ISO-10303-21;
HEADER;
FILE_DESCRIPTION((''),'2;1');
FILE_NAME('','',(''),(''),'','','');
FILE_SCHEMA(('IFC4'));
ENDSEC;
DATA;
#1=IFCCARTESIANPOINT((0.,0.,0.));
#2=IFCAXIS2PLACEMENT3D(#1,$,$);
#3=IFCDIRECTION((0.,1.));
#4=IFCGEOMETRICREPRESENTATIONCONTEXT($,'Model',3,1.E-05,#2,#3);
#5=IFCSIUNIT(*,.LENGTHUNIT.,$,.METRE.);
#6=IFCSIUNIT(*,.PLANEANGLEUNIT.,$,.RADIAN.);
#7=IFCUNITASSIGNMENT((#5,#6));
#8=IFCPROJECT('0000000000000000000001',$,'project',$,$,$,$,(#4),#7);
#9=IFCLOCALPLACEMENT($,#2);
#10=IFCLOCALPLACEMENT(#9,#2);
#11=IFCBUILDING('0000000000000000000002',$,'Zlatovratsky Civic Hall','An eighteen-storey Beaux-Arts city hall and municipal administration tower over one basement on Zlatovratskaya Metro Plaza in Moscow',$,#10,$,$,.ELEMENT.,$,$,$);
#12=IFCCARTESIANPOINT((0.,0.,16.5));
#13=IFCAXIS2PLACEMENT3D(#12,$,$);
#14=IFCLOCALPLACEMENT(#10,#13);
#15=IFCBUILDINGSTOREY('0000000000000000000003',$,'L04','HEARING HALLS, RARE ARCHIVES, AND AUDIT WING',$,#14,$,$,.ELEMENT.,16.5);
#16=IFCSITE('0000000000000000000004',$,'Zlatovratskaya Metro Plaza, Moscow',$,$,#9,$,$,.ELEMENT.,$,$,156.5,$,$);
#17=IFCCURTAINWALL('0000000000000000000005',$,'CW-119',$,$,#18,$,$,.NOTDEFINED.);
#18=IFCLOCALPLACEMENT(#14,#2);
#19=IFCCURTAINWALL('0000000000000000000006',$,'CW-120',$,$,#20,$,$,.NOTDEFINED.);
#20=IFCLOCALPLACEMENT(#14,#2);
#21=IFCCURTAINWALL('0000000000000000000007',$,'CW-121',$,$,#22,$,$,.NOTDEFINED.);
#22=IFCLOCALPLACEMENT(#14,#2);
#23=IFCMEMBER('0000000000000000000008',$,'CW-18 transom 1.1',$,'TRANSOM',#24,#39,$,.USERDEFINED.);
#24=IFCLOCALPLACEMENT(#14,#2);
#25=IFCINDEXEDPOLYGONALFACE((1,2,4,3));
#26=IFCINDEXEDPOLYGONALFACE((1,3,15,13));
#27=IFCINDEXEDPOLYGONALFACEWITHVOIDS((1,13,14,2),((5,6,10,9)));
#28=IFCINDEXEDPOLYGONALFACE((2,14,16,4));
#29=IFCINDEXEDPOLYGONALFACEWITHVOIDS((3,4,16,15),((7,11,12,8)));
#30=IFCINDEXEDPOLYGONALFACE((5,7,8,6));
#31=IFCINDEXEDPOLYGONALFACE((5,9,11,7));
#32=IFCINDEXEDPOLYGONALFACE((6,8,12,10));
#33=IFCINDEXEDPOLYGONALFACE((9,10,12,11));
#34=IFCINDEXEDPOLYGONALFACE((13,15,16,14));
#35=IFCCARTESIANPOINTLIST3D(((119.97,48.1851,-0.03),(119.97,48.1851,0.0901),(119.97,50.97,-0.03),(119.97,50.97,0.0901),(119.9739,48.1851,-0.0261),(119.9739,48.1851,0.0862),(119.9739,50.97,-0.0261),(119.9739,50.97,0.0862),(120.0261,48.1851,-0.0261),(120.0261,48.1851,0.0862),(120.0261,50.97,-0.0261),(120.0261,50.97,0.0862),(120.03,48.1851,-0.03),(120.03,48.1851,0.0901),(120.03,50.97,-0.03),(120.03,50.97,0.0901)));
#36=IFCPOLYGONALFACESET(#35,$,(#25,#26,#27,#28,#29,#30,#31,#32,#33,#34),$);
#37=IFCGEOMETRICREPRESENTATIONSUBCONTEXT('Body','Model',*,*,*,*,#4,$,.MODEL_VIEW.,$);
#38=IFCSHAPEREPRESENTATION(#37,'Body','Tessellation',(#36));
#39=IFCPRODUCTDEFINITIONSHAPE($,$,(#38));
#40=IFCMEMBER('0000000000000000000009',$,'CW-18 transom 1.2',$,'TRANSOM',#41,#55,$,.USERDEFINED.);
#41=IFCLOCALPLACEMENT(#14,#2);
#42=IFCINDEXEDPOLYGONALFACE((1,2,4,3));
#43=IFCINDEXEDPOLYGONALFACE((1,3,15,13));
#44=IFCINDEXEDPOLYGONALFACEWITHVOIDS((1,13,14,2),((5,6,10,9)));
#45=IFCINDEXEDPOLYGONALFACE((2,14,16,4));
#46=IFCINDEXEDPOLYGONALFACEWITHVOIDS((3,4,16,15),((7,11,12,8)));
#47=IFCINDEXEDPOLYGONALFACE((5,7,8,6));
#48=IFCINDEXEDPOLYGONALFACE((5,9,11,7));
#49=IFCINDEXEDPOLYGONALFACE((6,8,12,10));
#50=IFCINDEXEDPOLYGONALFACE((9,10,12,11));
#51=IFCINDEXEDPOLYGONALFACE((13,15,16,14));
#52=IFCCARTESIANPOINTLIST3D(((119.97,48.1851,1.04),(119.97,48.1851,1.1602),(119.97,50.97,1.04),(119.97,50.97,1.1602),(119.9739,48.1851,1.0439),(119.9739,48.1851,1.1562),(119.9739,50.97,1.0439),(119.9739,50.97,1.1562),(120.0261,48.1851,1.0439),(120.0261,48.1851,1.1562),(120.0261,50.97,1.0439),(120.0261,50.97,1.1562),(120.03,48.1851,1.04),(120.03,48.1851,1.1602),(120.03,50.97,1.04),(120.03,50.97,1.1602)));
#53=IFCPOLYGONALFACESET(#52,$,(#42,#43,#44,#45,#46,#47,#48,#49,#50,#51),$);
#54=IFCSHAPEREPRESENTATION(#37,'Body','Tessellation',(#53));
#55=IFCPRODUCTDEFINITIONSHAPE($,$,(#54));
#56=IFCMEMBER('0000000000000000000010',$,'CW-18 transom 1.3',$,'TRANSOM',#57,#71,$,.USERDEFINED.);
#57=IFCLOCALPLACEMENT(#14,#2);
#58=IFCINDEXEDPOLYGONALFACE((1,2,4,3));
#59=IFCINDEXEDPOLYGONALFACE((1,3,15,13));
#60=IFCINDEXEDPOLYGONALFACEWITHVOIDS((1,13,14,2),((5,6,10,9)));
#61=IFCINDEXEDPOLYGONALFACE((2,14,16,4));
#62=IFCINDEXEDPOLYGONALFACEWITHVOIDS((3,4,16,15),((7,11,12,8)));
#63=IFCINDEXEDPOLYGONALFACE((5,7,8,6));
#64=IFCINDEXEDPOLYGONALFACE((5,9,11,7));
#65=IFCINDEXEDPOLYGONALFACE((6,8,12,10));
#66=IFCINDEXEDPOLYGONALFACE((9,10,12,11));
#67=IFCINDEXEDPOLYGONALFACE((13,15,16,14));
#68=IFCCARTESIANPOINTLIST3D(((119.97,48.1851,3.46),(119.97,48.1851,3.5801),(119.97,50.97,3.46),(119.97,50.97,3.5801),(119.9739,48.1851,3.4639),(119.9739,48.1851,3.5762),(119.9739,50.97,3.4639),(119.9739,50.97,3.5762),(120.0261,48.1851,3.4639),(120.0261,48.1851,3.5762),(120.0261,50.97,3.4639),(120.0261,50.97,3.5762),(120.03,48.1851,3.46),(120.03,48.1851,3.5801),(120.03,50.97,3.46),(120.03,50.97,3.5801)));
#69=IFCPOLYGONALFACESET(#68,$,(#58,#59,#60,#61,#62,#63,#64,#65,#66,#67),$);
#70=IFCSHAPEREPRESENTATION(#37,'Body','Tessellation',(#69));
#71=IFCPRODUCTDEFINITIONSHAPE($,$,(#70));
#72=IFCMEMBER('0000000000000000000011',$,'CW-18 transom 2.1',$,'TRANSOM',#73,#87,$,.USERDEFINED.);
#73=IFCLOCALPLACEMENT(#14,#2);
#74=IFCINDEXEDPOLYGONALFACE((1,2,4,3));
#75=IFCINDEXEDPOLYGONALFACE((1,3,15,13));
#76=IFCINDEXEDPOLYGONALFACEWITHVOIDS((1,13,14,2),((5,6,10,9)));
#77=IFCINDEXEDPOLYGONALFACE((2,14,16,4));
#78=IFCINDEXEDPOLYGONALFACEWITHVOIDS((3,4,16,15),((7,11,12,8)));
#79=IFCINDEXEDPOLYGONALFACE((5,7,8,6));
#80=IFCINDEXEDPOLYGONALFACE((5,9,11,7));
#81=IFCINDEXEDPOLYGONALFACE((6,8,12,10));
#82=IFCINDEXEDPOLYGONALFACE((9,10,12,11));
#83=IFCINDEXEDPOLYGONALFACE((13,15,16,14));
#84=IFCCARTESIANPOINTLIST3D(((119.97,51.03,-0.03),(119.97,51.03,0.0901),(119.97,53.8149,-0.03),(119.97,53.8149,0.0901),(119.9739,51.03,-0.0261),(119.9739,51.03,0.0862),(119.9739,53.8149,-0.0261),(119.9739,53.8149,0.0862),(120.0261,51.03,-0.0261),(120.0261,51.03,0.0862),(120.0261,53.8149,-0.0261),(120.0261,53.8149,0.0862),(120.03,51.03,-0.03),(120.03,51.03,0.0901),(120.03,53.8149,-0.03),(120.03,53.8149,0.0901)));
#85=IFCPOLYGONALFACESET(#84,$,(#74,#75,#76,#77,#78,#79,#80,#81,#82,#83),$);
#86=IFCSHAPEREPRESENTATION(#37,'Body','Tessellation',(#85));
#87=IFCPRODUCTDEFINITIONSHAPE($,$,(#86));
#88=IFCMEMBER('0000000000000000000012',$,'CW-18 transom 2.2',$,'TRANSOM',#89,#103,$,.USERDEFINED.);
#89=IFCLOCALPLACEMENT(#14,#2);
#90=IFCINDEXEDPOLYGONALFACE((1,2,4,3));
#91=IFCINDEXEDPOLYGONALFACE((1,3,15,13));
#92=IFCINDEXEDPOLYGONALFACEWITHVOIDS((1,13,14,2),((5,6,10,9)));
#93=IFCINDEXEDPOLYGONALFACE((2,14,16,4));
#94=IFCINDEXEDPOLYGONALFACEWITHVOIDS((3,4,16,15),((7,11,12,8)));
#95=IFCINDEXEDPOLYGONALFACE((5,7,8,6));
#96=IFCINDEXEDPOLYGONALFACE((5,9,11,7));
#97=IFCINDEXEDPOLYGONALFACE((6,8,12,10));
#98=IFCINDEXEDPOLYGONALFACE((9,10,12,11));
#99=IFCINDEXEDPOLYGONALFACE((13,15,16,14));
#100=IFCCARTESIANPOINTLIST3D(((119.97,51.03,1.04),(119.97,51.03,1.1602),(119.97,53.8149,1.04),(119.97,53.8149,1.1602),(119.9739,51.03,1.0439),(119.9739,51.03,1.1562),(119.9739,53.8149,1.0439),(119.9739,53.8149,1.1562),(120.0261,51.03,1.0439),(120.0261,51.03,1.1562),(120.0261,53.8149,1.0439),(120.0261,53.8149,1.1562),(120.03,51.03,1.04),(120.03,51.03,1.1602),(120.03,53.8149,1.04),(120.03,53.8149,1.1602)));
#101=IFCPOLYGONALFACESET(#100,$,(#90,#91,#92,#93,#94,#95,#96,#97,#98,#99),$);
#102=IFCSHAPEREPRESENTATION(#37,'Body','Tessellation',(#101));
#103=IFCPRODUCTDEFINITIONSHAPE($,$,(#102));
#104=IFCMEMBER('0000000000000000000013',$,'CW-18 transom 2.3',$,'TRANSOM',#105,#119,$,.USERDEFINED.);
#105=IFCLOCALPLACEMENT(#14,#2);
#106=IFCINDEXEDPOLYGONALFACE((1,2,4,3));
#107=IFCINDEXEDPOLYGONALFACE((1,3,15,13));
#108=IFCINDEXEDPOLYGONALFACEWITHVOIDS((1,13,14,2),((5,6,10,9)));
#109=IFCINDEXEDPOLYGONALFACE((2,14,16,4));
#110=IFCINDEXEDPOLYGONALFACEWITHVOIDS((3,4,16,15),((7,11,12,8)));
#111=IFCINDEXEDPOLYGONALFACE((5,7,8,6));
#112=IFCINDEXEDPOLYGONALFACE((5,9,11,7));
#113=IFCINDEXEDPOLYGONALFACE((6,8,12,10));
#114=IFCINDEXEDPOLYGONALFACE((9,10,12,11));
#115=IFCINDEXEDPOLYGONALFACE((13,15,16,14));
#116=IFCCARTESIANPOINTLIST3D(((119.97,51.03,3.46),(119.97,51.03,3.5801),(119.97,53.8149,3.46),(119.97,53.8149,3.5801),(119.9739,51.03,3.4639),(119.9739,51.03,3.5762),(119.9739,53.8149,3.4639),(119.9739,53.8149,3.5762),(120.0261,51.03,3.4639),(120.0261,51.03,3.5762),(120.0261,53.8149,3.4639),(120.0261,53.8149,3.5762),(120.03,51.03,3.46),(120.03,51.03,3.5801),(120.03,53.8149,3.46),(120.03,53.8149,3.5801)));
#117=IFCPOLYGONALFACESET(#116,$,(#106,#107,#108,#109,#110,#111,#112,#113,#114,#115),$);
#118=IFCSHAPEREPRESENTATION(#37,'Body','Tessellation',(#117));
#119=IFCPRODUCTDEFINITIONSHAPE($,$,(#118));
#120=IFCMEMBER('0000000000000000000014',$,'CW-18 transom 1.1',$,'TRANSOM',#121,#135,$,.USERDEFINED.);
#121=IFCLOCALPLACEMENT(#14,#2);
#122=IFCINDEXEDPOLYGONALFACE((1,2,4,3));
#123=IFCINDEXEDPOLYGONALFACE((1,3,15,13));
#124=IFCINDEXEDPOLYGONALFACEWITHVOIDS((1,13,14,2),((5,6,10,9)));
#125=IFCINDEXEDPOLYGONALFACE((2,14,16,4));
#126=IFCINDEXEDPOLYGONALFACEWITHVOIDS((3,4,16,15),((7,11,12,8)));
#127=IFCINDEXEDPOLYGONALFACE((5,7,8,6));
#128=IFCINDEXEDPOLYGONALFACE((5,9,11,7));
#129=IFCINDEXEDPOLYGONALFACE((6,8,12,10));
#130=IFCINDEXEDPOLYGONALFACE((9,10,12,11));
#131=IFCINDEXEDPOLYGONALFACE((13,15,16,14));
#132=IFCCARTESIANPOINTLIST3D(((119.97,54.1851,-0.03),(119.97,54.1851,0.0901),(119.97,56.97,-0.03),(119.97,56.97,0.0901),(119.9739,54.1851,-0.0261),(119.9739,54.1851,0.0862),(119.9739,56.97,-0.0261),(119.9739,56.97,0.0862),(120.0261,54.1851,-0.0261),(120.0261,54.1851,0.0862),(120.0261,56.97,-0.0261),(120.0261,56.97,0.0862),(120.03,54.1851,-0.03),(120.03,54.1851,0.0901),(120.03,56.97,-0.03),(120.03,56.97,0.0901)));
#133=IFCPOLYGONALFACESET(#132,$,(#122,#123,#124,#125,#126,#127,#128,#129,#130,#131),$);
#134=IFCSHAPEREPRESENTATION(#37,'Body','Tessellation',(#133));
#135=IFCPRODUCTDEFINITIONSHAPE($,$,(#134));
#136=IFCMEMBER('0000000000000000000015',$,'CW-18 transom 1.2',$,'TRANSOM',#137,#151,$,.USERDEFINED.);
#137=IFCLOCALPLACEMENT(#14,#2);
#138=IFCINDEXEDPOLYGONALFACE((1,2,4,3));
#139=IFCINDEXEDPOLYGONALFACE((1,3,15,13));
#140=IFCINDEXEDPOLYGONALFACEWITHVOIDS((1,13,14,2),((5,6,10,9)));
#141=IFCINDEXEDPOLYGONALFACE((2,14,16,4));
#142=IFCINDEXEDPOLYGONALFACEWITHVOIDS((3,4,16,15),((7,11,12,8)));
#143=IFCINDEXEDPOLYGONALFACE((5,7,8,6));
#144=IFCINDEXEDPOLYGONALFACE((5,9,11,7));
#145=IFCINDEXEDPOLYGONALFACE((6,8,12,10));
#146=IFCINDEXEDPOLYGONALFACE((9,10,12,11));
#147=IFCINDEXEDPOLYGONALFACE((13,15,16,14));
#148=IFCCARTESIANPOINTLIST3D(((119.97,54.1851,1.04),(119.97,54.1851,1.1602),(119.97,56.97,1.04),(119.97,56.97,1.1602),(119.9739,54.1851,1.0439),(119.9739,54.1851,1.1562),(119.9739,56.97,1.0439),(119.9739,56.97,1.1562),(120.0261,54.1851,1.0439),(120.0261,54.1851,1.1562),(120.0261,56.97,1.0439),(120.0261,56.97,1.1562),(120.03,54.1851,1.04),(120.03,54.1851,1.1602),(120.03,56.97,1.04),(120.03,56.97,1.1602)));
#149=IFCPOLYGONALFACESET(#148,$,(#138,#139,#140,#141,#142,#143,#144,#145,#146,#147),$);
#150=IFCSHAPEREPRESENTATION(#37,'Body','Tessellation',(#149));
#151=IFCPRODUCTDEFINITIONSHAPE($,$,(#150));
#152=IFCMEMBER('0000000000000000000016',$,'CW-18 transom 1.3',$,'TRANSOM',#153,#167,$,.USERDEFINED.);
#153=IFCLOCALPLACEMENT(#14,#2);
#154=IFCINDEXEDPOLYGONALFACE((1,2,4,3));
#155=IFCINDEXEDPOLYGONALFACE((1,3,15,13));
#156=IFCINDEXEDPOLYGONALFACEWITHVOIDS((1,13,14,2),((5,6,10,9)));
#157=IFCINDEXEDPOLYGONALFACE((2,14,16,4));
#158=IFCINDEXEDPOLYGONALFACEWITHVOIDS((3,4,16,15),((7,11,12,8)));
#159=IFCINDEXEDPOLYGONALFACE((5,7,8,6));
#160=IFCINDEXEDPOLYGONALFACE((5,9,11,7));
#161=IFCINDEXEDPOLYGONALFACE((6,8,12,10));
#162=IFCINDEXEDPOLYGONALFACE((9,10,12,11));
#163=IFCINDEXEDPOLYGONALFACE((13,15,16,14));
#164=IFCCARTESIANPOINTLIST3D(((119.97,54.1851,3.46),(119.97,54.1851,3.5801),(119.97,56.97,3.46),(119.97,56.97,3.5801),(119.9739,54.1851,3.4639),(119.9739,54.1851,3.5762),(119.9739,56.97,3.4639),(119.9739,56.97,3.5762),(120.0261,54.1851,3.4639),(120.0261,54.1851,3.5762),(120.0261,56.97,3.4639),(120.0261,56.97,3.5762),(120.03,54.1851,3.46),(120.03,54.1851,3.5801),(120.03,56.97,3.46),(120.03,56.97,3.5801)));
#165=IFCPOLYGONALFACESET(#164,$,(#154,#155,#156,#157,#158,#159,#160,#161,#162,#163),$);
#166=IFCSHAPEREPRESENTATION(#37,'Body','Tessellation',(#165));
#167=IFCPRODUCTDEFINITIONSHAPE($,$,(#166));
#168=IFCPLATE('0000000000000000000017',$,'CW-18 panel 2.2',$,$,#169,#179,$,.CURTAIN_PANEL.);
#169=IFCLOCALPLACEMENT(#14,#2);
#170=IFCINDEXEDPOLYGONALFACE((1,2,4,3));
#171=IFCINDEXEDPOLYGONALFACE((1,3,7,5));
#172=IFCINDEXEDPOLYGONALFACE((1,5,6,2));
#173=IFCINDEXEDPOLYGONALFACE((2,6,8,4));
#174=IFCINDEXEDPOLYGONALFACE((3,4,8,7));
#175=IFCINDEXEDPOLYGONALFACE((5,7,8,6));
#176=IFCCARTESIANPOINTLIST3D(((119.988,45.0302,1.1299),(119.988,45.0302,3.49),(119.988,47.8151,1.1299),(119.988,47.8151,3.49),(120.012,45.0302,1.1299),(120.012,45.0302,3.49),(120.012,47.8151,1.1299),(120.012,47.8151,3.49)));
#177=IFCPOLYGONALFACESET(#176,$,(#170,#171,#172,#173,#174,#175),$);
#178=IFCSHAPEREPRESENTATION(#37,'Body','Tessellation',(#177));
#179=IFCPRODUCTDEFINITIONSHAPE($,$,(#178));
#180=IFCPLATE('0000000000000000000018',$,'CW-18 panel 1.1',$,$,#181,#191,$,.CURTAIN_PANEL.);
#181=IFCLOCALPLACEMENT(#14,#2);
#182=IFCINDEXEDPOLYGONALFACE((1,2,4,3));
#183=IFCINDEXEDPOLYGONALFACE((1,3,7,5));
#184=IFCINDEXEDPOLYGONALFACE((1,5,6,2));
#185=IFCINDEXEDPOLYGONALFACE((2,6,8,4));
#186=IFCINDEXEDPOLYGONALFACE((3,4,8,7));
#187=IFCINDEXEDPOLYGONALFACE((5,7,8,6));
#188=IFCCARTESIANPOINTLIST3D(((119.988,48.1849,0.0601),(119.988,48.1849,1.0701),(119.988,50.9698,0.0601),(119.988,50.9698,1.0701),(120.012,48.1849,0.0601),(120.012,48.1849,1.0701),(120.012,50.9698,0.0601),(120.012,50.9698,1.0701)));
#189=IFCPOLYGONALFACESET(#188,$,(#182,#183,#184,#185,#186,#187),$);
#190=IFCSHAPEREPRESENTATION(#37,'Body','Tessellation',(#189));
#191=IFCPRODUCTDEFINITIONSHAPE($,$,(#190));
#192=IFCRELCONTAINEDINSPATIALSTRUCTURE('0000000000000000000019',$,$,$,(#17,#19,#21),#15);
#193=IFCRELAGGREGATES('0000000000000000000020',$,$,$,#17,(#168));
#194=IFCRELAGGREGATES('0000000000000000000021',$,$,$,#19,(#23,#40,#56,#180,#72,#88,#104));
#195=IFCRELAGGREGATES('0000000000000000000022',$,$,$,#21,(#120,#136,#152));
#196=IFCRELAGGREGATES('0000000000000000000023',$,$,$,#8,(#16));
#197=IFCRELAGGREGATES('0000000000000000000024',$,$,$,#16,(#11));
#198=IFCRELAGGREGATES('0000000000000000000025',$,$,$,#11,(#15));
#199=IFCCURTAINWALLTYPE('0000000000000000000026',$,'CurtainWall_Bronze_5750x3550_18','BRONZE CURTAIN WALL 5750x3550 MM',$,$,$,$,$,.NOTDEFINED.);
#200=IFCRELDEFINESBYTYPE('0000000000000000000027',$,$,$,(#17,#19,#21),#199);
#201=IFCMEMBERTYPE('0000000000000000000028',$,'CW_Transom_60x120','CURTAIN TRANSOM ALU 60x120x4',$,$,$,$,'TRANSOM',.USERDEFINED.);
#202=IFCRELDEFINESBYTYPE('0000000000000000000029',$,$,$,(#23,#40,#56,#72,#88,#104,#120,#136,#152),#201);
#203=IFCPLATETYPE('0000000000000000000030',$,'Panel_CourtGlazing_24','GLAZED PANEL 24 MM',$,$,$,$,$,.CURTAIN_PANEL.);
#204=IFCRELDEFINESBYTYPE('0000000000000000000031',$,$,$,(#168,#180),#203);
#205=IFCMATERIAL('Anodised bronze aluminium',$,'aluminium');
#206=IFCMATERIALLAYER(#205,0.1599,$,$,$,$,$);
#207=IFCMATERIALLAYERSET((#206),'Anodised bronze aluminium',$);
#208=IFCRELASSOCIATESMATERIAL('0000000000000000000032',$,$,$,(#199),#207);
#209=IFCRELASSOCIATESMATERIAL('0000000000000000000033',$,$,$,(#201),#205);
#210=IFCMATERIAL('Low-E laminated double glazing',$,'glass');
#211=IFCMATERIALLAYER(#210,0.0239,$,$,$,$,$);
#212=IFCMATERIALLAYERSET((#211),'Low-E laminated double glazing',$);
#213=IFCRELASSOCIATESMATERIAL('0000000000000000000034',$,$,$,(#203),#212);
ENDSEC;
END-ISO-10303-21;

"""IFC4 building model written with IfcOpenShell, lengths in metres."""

from ifc_helpers import new_model, si_unit, direction, frame, origin, origin_2d, place, context, subcontext, project, spatial, rectangle, hollow_rectangle, extrude, material, layer, layer_set, material_profile, profile_set, type_object, element, aggregate, save


model = new_model("IFC4")

# Units and contexts
model_context = context("Model", 3, precision=1e-05, world=origin(), true_north=direction((0.0, 1.0)))
body_context = subcontext(model_context, "Body", "Model", "MODEL_VIEW")
ifc_project = project(units=[si_unit("LENGTHUNIT", "METRE"), si_unit("PLANEANGLEUNIT", "RADIAN")], contexts=[model_context])

# Site, building, storey
site_placement = place(None, origin())
site = spatial("IfcSite", under=ifc_project, at=site_placement, Name="Zlatovratskaya Metro Plaza, Moscow", CompositionType="ELEMENT", RefElevation=156.5)
building_placement = place(site_placement, origin())
building = spatial("IfcBuilding", under=site, at=building_placement, Name="Zlatovratsky Civic Hall", Description="An eighteen-storey Beaux-Arts city hall and municipal administration tower over one basement on Zlatovratskaya Metro Plaza in Moscow", CompositionType="ELEMENT")
storey_placement = place(building_placement, frame((0.0, 0.0, 16.5)))
storey = spatial("IfcBuildingStorey", under=building, at=storey_placement, Name="L04", Description="HEARING HALLS, RARE ARCHIVES, AND AUDIT WING", CompositionType="ELEMENT", Elevation=16.5)

# Curtain wall
ifc_material_1 = material(Name="Anodised bronze aluminium", Category="aluminium")
ifc_layer_1 = layer(ifc_material_1, 0.1599)
ifc_layer_set_1 = layer_set([ifc_layer_1], Name="Anodised bronze aluminium")
curtain_wall_type = type_object("IfcCurtainWallType", Name="CurtainWall_Bronze_5750x3550_18", Description="BRONZE CURTAIN WALL 5750x3550 MM", PredefinedType="NOTDEFINED", material=ifc_layer_set_1)
curtain_wall_1_placement = place(storey_placement, origin())
curtain_wall_1 = element("IfcCurtainWall", 1, at=curtain_wall_1_placement, inside=storey, type_object=curtain_wall_type, Name="CW-119", PredefinedType="NOTDEFINED")

# Curtain walls
curtain_wall_2_placement = place(storey_placement, origin())
curtain_wall_2 = element("IfcCurtainWall", 2, at=curtain_wall_2_placement, inside=storey, type_object=curtain_wall_type, Name="CW-120", PredefinedType="NOTDEFINED")
curtain_wall_3_placement = place(storey_placement, origin())
curtain_wall_3 = element("IfcCurtainWall", 3, at=curtain_wall_3_placement, inside=storey, type_object=curtain_wall_type, Name="CW-121", PredefinedType="NOTDEFINED")

# Members
ifc_material_profile_1 = material_profile(ifc_material_1, hollow_rectangle(XDim=0.0601, YDim=0.1201, WallThickness=0.0039, at=origin_2d()), Name="ALU 60x120x4")
ifc_profile_set_1 = profile_set([ifc_material_profile_1], Name="Anodised bronze aluminium")
member_type_1 = type_object("IfcMemberType", Name="CW_Transom_60x120", Description="CURTAIN TRANSOM ALU 60x120x4", ElementType="TRANSOM", PredefinedType="USERDEFINED", material=ifc_profile_set_1)
member_1_placement = place(storey_placement, frame((120.0, 48.1851, 0.03), z_axis=(0.0, 1.0, 0.0), x_axis=(-1.0, 0.0, 0.0)))
member_1 = element("IfcMember", 4, at=member_1_placement, type_object=member_type_1, Name="CW-18 transom 1.1", ObjectType="TRANSOM", PredefinedType="USERDEFINED", context=body_context, shape_type="SweptSolid", body=[
    extrude(hollow_rectangle(XDim=0.0601, YDim=0.1201, WallThickness=0.0039, at=origin_2d()), origin(), (0.0, 0.0, 1.0), 2.7849),
])
member_2_placement = place(storey_placement, frame((120.0, 48.1851, 1.1001), z_axis=(0.0, 1.0, 0.0), x_axis=(-1.0, 0.0, 0.0)))
member_2 = element("IfcMember", 5, at=member_2_placement, type_object=member_type_1, Name="CW-18 transom 1.2", ObjectType="TRANSOM", PredefinedType="USERDEFINED", context=body_context, shape_type="SweptSolid", body=[
    extrude(hollow_rectangle(XDim=0.0601, YDim=0.1201, WallThickness=0.0039, at=origin_2d()), origin(), (0.0, 0.0, 1.0), 2.7849),
])
member_3_placement = place(storey_placement, frame((120.0, 48.1851, 3.52), z_axis=(0.0, 1.0, 0.0), x_axis=(-1.0, 0.0, 0.0)))
member_3 = element("IfcMember", 6, at=member_3_placement, type_object=member_type_1, Name="CW-18 transom 1.3", ObjectType="TRANSOM", PredefinedType="USERDEFINED", context=body_context, shape_type="SweptSolid", body=[
    extrude(hollow_rectangle(XDim=0.0601, YDim=0.1201, WallThickness=0.0039, at=origin_2d()), origin(), (0.0, 0.0, 1.0), 2.7849),
])
member_4_placement = place(storey_placement, frame((120.0, 51.03, 0.03), z_axis=(0.0, 1.0, 0.0), x_axis=(-1.0, 0.0, 0.0)))
member_4 = element("IfcMember", 7, at=member_4_placement, type_object=member_type_1, Name="CW-18 transom 2.1", ObjectType="TRANSOM", PredefinedType="USERDEFINED", context=body_context, shape_type="SweptSolid", body=[
    extrude(hollow_rectangle(XDim=0.0601, YDim=0.1201, WallThickness=0.0039, at=origin_2d()), origin(), (0.0, 0.0, 1.0), 2.7849),
])
member_5_placement = place(storey_placement, frame((120.0, 51.03, 1.1001), z_axis=(0.0, 1.0, 0.0), x_axis=(-1.0, 0.0, 0.0)))
member_5 = element("IfcMember", 8, at=member_5_placement, type_object=member_type_1, Name="CW-18 transom 2.2", ObjectType="TRANSOM", PredefinedType="USERDEFINED", context=body_context, shape_type="SweptSolid", body=[
    extrude(hollow_rectangle(XDim=0.0601, YDim=0.1201, WallThickness=0.0039, at=origin_2d()), origin(), (0.0, 0.0, 1.0), 2.7849),
])
member_6_placement = place(storey_placement, frame((120.0, 51.03, 3.52), z_axis=(0.0, 1.0, 0.0), x_axis=(-1.0, 0.0, 0.0)))
member_6 = element("IfcMember", 9, at=member_6_placement, type_object=member_type_1, Name="CW-18 transom 2.3", ObjectType="TRANSOM", PredefinedType="USERDEFINED", context=body_context, shape_type="SweptSolid", body=[
    extrude(hollow_rectangle(XDim=0.0601, YDim=0.1201, WallThickness=0.0039, at=origin_2d()), origin(), (0.0, 0.0, 1.0), 2.7849),
])
member_7_placement = place(storey_placement, frame((120.0, 54.1851, 0.03), z_axis=(0.0, 1.0, 0.0), x_axis=(-1.0, 0.0, 0.0)))
member_7 = element("IfcMember", 10, at=member_7_placement, type_object=member_type_1, Name="CW-18 transom 1.1", ObjectType="TRANSOM", PredefinedType="USERDEFINED", context=body_context, shape_type="SweptSolid", body=[
    extrude(hollow_rectangle(XDim=0.0601, YDim=0.1201, WallThickness=0.0039, at=origin_2d()), origin(), (0.0, 0.0, 1.0), 2.7849),
])
member_8_placement = place(storey_placement, frame((120.0, 54.1851, 1.1001), z_axis=(0.0, 1.0, 0.0), x_axis=(-1.0, 0.0, 0.0)))
member_8 = element("IfcMember", 11, at=member_8_placement, type_object=member_type_1, Name="CW-18 transom 1.2", ObjectType="TRANSOM", PredefinedType="USERDEFINED", context=body_context, shape_type="SweptSolid", body=[
    extrude(hollow_rectangle(XDim=0.0601, YDim=0.1201, WallThickness=0.0039, at=origin_2d()), origin(), (0.0, 0.0, 1.0), 2.7849),
])
member_9_placement = place(storey_placement, frame((120.0, 54.1851, 3.52), z_axis=(0.0, 1.0, 0.0), x_axis=(-1.0, 0.0, 0.0)))
member_9 = element("IfcMember", 12, at=member_9_placement, type_object=member_type_1, Name="CW-18 transom 1.3", ObjectType="TRANSOM", PredefinedType="USERDEFINED", context=body_context, shape_type="SweptSolid", body=[
    extrude(hollow_rectangle(XDim=0.0601, YDim=0.1201, WallThickness=0.0039, at=origin_2d()), origin(), (0.0, 0.0, 1.0), 2.7849),
])

# Plates
ifc_material_2 = material(Name="Low-E laminated double glazing", Category="glass")
ifc_layer_2 = layer(ifc_material_2, 0.0239)
ifc_layer_set_2 = layer_set([ifc_layer_2], Name="Low-E laminated double glazing")
plate_type = type_object("IfcPlateType", Name="Panel_CourtGlazing_24", Description="GLAZED PANEL 24 MM", PredefinedType="CURTAIN_PANEL", material=ifc_layer_set_2)
plate_1_placement = place(storey_placement, frame((120.0, 46.4226, 1.1299), z_axis=(0.0, 0.0, 1.0), x_axis=(0.0, 1.0, 0.0)))
plate_1 = element("IfcPlate", 13, at=plate_1_placement, type_object=plate_type, Name="CW-18 panel 2.2", PredefinedType="CURTAIN_PANEL", context=body_context, shape_type="SweptSolid", body=[
    extrude(rectangle(XDim=2.7849, YDim=0.0239, at=origin_2d()), origin(), (0.0, 0.0, 1.0), 2.3601),
])
aggregate(curtain_wall_1, [plate_1])
plate_2_placement = place(storey_placement, frame((120.0, 49.5774, 0.0601), z_axis=(0.0, 0.0, 1.0), x_axis=(0.0, 1.0, 0.0)))
plate_2 = element("IfcPlate", 14, at=plate_2_placement, type_object=plate_type, Name="CW-18 panel 1.1", PredefinedType="CURTAIN_PANEL", context=body_context, shape_type="SweptSolid", body=[
    extrude(rectangle(XDim=2.7849, YDim=0.0239, at=origin_2d()), origin(), (0.0, 0.0, 1.0), 1.01),
])
aggregate(curtain_wall_2, [member_1, member_2, member_3, plate_2, member_4, member_5, member_6])
aggregate(curtain_wall_3, [member_7, member_8, member_9])

save(model, "model.ifc")
